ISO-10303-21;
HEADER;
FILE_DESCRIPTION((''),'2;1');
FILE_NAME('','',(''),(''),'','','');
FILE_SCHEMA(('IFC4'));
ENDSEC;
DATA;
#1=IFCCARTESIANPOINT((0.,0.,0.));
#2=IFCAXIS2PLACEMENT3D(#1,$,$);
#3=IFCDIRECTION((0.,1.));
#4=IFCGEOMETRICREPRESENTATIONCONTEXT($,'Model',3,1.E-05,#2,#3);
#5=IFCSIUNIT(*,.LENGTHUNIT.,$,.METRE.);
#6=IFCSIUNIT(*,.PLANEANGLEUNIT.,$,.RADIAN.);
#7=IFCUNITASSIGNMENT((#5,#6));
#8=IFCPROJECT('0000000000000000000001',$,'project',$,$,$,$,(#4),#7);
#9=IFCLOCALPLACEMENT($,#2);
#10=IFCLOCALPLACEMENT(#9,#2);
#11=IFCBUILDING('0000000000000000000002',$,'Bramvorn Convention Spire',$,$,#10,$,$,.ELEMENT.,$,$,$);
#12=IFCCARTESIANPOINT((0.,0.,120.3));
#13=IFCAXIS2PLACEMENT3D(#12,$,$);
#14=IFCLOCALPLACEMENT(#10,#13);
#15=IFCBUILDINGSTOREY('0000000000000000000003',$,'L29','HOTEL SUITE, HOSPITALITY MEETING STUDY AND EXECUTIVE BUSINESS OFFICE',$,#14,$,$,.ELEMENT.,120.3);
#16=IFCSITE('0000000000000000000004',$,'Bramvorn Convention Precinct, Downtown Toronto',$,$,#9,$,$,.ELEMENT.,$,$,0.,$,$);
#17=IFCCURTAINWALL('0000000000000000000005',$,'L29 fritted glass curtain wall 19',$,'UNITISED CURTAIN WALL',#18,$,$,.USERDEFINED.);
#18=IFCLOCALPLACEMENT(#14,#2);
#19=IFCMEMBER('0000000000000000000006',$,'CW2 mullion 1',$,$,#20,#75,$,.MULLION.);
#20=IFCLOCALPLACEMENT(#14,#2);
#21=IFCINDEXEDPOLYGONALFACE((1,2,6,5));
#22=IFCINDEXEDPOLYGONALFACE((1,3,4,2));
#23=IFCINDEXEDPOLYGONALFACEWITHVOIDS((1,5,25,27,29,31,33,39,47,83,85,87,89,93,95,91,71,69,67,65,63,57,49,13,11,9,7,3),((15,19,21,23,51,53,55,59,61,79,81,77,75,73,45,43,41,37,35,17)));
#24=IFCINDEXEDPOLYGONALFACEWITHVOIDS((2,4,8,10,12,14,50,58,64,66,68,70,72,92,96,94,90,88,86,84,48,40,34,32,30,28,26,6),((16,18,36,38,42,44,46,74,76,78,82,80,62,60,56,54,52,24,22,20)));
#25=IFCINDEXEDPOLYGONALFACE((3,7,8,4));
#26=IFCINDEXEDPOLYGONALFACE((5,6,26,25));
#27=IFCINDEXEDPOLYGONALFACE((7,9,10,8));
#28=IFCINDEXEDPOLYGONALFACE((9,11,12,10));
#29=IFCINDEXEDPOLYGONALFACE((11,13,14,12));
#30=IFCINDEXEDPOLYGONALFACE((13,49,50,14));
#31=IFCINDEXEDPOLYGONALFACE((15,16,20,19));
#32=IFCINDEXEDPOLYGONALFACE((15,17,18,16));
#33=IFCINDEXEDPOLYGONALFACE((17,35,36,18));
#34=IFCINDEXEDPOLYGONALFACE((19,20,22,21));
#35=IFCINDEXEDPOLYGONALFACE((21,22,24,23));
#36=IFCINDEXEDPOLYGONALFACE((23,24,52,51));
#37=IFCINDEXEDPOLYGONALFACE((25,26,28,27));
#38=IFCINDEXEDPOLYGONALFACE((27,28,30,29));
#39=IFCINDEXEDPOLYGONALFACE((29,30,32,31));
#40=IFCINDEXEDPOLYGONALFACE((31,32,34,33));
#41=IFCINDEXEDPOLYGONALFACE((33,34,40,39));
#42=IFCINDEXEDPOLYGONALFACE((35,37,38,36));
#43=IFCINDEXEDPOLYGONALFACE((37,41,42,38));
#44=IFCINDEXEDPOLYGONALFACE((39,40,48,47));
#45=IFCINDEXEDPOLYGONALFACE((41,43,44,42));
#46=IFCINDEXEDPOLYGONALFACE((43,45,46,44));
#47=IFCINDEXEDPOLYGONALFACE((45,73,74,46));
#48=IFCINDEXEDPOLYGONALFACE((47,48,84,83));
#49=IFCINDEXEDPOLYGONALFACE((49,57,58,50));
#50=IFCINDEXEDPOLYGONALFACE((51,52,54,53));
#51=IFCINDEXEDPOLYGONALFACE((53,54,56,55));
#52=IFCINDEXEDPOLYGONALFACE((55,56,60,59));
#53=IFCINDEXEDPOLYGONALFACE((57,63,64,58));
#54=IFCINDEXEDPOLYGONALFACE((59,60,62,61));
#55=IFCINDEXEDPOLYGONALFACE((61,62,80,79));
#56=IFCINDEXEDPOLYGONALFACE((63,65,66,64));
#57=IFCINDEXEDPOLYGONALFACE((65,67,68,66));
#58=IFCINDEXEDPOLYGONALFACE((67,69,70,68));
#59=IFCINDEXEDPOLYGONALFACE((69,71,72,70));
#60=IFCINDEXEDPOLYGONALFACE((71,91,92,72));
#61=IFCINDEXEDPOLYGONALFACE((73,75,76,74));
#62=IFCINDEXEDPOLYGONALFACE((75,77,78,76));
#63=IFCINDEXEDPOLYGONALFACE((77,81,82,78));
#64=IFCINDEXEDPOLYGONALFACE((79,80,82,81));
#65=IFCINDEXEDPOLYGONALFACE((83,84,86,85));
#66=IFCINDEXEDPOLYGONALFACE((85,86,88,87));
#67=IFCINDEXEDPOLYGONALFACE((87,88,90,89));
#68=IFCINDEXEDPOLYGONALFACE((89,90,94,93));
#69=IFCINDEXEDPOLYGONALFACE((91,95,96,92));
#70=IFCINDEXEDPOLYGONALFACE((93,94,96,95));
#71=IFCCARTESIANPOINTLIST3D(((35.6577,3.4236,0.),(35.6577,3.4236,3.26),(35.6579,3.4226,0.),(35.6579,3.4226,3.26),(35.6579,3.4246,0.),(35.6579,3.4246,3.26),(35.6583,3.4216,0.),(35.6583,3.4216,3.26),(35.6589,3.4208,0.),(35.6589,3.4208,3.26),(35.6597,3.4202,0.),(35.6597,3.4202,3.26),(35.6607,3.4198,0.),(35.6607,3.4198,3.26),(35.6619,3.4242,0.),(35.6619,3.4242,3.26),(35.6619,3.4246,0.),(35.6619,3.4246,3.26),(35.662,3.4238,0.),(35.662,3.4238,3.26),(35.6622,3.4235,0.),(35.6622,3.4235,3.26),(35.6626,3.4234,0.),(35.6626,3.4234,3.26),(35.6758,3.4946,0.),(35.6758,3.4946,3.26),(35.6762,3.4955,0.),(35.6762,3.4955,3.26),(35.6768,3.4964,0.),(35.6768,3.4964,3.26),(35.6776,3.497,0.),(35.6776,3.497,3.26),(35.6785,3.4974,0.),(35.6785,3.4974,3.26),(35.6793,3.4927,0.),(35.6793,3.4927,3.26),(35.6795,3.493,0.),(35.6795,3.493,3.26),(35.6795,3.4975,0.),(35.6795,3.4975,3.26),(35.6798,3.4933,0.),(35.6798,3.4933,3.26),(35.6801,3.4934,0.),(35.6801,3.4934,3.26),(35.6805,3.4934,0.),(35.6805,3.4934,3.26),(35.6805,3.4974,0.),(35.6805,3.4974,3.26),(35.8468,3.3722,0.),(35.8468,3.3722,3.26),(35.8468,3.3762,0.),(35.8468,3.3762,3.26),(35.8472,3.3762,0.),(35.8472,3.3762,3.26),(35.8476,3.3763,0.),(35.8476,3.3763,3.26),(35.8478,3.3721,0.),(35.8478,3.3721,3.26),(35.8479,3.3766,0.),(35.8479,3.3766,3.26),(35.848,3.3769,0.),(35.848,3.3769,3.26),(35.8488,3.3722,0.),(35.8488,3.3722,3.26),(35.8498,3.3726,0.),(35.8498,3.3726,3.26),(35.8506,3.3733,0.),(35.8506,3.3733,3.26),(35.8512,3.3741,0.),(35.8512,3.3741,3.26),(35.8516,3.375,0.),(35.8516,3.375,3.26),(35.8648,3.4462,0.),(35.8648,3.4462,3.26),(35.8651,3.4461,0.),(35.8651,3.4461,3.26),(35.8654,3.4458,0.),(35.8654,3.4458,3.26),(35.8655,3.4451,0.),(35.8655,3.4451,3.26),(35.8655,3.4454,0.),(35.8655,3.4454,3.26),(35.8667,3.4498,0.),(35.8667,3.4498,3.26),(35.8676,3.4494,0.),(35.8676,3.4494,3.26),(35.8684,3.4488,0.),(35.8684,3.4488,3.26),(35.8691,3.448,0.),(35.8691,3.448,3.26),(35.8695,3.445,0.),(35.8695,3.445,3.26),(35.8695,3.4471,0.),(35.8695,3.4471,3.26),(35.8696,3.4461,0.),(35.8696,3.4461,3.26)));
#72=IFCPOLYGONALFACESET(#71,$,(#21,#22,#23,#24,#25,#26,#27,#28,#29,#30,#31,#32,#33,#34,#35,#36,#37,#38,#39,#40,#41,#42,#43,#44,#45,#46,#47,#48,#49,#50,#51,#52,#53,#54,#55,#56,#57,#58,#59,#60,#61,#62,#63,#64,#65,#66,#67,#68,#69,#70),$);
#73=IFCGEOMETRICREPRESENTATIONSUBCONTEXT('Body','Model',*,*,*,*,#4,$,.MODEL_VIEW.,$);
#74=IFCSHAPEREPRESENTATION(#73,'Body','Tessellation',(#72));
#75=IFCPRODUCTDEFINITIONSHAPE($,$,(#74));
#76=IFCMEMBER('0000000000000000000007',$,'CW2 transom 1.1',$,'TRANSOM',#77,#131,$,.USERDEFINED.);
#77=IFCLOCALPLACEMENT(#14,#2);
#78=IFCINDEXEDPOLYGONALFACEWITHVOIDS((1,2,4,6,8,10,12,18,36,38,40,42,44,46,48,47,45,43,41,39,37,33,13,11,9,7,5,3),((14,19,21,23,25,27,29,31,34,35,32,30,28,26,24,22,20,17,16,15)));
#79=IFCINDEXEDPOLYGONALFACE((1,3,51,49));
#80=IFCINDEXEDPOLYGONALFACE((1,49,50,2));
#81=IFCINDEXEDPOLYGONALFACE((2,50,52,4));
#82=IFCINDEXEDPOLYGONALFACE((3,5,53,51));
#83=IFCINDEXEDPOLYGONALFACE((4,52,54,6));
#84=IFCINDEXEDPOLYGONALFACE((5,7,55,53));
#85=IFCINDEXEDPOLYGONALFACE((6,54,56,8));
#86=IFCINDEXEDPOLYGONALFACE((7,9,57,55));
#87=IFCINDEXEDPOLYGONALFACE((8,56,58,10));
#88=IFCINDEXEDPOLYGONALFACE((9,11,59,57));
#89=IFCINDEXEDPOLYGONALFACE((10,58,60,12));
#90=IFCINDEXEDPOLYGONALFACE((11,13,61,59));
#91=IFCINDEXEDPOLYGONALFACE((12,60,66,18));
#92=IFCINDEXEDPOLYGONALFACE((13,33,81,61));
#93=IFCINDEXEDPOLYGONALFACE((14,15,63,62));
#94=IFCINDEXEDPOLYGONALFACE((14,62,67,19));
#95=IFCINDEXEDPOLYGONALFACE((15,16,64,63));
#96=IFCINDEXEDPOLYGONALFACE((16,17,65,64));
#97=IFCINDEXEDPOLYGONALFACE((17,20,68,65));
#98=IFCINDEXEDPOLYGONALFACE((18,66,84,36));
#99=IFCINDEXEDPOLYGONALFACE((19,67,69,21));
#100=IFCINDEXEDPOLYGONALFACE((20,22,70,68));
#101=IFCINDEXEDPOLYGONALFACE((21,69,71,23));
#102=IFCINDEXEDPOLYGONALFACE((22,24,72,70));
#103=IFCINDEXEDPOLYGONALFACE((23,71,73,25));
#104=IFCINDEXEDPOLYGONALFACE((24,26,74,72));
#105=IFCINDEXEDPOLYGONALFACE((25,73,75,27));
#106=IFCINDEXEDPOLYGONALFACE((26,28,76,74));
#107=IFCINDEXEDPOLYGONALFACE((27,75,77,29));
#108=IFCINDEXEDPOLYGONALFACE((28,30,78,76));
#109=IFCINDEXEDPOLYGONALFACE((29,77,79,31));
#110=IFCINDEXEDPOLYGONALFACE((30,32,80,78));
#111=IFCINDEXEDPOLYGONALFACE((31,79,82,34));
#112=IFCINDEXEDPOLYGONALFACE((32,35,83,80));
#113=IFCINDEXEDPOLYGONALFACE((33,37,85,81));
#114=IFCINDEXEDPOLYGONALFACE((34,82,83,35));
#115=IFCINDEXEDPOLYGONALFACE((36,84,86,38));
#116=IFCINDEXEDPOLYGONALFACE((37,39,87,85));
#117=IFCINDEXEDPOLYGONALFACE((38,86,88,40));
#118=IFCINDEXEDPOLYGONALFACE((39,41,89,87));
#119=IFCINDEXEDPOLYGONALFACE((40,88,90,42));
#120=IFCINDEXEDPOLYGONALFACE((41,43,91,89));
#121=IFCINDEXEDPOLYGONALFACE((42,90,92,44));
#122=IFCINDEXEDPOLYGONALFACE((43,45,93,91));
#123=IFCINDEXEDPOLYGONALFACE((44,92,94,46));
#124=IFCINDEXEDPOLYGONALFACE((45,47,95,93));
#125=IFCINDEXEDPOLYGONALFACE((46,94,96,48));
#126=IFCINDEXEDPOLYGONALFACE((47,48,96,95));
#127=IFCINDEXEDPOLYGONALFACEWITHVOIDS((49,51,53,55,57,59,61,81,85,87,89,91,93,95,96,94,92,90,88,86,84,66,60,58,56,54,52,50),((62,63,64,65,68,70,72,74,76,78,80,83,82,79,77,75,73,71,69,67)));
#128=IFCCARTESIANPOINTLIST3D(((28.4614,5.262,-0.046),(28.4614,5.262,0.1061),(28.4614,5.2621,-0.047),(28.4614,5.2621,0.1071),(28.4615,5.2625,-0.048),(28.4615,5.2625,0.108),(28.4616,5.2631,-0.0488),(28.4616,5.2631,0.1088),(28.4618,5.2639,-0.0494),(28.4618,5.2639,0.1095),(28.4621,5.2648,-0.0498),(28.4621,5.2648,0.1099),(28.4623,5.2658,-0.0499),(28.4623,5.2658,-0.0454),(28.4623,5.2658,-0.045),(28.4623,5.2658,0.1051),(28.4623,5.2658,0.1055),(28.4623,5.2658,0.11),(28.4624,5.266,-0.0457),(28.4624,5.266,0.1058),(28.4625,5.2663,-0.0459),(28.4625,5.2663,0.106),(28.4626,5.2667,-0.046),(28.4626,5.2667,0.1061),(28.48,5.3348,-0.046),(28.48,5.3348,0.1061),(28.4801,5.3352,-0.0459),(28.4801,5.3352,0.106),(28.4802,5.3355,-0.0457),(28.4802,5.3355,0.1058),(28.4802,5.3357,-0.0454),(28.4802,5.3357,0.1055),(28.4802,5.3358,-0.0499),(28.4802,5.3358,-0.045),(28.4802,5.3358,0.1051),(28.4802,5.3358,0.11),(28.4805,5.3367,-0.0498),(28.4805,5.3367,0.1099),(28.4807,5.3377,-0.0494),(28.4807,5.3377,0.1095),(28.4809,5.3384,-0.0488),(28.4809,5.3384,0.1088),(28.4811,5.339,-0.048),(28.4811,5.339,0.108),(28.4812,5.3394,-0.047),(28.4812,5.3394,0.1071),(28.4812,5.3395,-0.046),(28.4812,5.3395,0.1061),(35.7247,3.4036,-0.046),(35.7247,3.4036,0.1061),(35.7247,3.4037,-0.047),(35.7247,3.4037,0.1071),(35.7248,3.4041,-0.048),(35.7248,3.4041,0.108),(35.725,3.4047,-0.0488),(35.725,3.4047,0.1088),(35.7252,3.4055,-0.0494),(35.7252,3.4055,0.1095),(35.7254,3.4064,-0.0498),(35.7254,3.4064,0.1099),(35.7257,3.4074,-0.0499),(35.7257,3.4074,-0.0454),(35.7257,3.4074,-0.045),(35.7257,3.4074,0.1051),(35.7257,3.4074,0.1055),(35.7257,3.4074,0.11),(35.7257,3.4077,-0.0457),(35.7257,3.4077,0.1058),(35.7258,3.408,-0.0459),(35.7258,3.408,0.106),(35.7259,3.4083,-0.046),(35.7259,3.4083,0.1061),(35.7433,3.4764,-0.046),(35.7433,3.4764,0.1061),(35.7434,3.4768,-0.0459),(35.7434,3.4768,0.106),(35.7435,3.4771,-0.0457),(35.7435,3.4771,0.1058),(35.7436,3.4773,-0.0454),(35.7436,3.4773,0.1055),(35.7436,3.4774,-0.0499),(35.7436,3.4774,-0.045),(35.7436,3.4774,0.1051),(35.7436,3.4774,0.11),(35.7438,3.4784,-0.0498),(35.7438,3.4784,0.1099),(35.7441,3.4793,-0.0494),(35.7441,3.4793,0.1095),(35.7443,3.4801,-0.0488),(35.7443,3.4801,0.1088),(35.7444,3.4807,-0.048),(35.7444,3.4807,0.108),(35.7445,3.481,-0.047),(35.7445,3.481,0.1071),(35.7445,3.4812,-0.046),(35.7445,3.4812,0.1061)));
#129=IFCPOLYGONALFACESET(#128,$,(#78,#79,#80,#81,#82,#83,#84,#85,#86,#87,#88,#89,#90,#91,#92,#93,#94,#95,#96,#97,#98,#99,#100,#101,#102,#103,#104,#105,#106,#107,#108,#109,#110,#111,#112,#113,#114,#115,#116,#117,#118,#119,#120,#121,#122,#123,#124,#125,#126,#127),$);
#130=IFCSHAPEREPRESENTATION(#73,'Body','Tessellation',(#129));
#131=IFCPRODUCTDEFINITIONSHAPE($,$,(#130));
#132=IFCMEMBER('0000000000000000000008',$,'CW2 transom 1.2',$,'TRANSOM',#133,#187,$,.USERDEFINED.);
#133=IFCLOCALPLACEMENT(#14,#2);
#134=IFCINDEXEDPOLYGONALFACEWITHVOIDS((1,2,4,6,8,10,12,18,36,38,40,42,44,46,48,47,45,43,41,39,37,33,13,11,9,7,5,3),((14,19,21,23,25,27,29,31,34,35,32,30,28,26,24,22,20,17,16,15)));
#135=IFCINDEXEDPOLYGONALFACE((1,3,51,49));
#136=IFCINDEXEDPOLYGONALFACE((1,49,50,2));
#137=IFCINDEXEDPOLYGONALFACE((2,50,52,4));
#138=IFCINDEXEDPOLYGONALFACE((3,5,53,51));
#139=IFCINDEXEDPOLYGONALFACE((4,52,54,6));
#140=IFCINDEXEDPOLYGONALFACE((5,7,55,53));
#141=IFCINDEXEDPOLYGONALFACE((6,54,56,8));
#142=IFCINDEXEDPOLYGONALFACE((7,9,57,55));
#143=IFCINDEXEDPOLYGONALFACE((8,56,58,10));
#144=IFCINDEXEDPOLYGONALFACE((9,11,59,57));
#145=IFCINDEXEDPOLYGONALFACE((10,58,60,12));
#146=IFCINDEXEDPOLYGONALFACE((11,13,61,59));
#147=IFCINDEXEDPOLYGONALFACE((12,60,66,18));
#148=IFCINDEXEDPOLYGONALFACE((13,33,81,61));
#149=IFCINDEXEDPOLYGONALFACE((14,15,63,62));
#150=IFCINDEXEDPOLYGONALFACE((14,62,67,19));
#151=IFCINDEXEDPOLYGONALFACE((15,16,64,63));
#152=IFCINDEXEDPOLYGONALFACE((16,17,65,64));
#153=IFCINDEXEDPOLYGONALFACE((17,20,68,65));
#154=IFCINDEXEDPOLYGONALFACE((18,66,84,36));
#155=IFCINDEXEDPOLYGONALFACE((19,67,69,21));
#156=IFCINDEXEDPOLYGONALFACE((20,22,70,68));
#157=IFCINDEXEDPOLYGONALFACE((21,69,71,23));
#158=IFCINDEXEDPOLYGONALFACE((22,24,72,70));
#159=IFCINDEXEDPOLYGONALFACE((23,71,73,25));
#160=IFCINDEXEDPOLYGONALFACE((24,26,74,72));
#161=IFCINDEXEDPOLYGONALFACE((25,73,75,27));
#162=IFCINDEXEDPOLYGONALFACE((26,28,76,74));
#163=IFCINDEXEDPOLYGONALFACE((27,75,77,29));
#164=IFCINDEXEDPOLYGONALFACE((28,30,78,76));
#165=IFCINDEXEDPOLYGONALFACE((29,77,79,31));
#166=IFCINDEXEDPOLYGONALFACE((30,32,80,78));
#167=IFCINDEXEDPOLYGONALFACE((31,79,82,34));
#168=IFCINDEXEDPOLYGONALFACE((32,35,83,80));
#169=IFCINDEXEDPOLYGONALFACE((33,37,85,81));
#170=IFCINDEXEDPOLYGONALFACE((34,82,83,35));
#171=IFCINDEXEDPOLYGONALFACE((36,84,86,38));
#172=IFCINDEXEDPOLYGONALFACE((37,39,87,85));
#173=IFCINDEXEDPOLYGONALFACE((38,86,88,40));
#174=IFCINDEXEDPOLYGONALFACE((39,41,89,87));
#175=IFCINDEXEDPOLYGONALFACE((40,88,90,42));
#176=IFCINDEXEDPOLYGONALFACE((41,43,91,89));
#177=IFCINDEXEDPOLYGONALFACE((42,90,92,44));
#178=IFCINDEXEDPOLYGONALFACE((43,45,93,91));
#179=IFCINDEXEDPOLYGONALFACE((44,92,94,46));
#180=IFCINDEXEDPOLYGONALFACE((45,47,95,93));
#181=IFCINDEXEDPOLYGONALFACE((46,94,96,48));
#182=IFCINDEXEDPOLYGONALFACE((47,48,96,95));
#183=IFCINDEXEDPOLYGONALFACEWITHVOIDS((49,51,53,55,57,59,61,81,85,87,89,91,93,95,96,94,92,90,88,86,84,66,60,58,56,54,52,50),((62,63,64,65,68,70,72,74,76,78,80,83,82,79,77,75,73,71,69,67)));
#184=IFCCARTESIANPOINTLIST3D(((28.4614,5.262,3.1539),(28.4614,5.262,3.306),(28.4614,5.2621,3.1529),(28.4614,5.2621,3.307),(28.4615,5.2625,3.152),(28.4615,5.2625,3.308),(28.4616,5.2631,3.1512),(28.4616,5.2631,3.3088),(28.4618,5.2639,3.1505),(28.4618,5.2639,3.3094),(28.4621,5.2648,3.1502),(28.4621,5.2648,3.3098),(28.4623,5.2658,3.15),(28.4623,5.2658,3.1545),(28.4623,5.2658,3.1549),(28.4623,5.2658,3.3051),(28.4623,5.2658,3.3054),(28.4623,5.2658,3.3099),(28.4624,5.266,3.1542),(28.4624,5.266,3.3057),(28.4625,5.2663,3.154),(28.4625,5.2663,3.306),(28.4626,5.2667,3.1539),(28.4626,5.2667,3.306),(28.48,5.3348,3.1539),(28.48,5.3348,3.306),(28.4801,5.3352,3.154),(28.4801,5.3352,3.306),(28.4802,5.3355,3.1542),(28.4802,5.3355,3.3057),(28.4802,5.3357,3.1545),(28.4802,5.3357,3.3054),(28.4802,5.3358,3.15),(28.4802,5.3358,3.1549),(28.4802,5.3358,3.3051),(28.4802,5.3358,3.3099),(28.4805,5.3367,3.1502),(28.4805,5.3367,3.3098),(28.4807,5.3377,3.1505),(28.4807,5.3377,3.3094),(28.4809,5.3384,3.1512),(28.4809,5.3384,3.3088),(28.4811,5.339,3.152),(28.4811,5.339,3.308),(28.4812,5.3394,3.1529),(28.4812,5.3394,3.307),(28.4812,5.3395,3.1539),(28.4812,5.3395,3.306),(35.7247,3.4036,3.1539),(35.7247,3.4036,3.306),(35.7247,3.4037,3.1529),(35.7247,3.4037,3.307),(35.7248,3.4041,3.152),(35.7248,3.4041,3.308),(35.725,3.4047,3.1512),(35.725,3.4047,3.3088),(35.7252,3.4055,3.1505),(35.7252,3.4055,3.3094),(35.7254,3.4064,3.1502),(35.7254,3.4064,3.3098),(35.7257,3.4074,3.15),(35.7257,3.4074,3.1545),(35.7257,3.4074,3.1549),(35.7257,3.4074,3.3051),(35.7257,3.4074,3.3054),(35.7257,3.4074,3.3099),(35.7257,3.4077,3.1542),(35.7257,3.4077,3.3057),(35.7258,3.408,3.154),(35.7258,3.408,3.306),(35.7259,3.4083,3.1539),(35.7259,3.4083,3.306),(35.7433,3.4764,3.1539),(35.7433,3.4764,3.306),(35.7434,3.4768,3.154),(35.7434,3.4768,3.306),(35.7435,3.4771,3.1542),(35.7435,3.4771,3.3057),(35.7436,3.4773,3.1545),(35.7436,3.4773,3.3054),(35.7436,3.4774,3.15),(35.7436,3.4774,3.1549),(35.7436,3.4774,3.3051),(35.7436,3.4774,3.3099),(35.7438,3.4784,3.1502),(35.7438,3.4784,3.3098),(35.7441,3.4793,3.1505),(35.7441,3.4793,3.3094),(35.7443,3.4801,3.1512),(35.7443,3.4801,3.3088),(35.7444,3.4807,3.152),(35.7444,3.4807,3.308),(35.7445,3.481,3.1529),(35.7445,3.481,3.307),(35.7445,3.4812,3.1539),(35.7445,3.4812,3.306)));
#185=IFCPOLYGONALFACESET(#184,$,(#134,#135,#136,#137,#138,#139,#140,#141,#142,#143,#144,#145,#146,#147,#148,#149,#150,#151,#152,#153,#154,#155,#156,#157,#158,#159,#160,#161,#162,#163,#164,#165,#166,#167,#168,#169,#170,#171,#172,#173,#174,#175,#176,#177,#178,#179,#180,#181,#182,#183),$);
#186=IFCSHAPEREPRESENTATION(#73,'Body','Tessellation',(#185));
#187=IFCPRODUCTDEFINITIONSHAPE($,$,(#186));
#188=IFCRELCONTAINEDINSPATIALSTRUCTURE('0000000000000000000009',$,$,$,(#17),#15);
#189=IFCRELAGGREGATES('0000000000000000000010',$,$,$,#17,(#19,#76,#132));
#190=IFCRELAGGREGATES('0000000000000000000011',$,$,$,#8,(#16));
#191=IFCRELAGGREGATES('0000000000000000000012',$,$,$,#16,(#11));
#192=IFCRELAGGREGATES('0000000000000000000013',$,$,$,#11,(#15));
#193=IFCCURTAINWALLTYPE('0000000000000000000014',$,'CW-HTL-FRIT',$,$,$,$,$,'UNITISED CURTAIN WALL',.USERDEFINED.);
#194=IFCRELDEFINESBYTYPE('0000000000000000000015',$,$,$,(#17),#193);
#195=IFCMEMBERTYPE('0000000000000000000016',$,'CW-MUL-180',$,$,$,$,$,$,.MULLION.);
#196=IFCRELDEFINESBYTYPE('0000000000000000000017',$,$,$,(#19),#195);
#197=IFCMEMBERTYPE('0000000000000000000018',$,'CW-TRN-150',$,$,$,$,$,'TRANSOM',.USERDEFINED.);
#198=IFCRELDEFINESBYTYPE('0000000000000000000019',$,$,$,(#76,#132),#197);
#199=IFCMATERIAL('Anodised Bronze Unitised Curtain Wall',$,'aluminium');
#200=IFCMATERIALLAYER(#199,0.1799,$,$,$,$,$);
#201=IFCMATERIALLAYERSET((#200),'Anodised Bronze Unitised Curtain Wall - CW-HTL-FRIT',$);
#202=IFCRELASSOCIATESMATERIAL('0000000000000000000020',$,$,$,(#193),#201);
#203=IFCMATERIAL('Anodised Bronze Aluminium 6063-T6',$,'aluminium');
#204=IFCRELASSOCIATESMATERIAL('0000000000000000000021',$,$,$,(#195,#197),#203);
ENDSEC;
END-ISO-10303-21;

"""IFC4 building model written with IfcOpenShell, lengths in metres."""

from ifc_helpers import new_model, si_unit, direction, frame, origin, origin_2d, place, context, subcontext, project, spatial, hollow_rectangle, extrude, material, layer, layer_set, material_profile, profile_set, type_object, element, aggregate, save


model = new_model("IFC4")

# Units and contexts
model_context = context("Model", 3, precision=1e-05, world=origin(), true_north=direction((0.0, 1.0)))
body_context = subcontext(model_context, "Body", "Model", "MODEL_VIEW")
ifc_project = project(units=[si_unit("LENGTHUNIT", "METRE"), si_unit("PLANEANGLEUNIT", "RADIAN")], contexts=[model_context])

# Site, building, storey
site_placement = place(None, origin())
site = spatial("IfcSite", under=ifc_project, at=site_placement, Name="Bramvorn Convention Precinct, Downtown Toronto", CompositionType="ELEMENT", RefElevation=0.0)
building_placement = place(site_placement, origin())
building = spatial("IfcBuilding", under=site, at=building_placement, Name="Bramvorn Convention Spire", CompositionType="ELEMENT")
storey_placement = place(building_placement, frame((0.0, 0.0, 120.3)))
storey = spatial("IfcBuildingStorey", under=building, at=storey_placement, Name="L29", Description="HOTEL SUITE, HOSPITALITY MEETING STUDY AND EXECUTIVE BUSINESS OFFICE", CompositionType="ELEMENT", Elevation=120.3)

# Curtain wall, members
ifc_material_1 = material(Name="Anodised Bronze Unitised Curtain Wall", Category="aluminium")
ifc_layer_1 = layer(ifc_material_1, 0.1799)
ifc_layer_set_1 = layer_set([ifc_layer_1], Name="Anodised Bronze Unitised Curtain Wall - CW-HTL-FRIT")
curtain_wall_type = type_object("IfcCurtainWallType", Name="CW-HTL-FRIT", ElementType="UNITISED CURTAIN WALL", PredefinedType="USERDEFINED", material=ifc_layer_set_1)
curtain_wall_placement = place(storey_placement, origin())
curtain_wall = element("IfcCurtainWall", 1, at=curtain_wall_placement, inside=storey, type_object=curtain_wall_type, Name="L29 fritted glass curtain wall 19", ObjectType="UNITISED CURTAIN WALL", PredefinedType="USERDEFINED")
ifc_material_2 = material(Name="Anodised Bronze Aluminium 6063-T6", Category="aluminium")
ifc_material_profile_1 = material_profile(ifc_material_2, hollow_rectangle(XDim=0.0801, YDim=0.2, WallThickness=0.0039, InnerFilletRadius=0.001, OuterFilletRadius=0.0039, at=origin_2d()))
ifc_profile_set_1 = profile_set([ifc_material_profile_1], Name="Anodised Bronze Aluminium 6063-T6 - CWM80X200")
member_type_1 = type_object("IfcMemberType", Name="CW-MUL-180", PredefinedType="MULLION", material=ifc_profile_set_1)
member_1_placement = place(storey_placement, frame((35.7637, 3.4348, 0.0), z_axis=(0.0, 0.0, 1.0), x_axis=(-0.247879, -0.968791, 0.0)))
member_1 = element("IfcMember", 2, at=member_1_placement, type_object=member_type_1, Name="CW2 mullion 1", PredefinedType="MULLION", context=body_context, shape_type="SweptSolid", body=[
    extrude(hollow_rectangle(XDim=0.0801, YDim=0.2, WallThickness=0.0039, InnerFilletRadius=0.001, OuterFilletRadius=0.0039, at=origin_2d()), origin(), (0.0, 0.0, 1.0), 3.26),
])
ifc_material_profile_2 = material_profile(ifc_material_2, hollow_rectangle(XDim=0.0801, YDim=0.1599, WallThickness=0.0039, InnerFilletRadius=0.001, OuterFilletRadius=0.0039, at=origin_2d()))
ifc_profile_set_2 = profile_set([ifc_material_profile_2], Name="Anodised Bronze Aluminium 6063-T6 - CWT80X160")
member_type_2 = type_object("IfcMemberType", Name="CW-TRN-150", ElementType="TRANSOM", PredefinedType="USERDEFINED", material=ifc_profile_set_2)
member_2_placement = place(storey_placement, frame((35.7346, 3.4424, 0.03), z_axis=(-0.968793, 0.247872, 0.0), x_axis=(-0.247872, -0.968793, 0.0)))
member_2 = element("IfcMember", 3, at=member_2_placement, type_object=member_type_2, Name="CW2 transom 1.1", ObjectType="TRANSOM", PredefinedType="USERDEFINED", context=body_context, shape_type="SweptSolid", body=[
    extrude(hollow_rectangle(XDim=0.0801, YDim=0.1599, WallThickness=0.0039, InnerFilletRadius=0.001, OuterFilletRadius=0.0039, at=origin_2d()), origin(), (0.0, 0.0, 1.0), 7.4973),
])
member_3_placement = place(storey_placement, frame((35.7346, 3.4424, 3.23), z_axis=(-0.968793, 0.247872, 0.0), x_axis=(-0.247872, -0.968793, 0.0)))
member_3 = element("IfcMember", 4, at=member_3_placement, type_object=member_type_2, Name="CW2 transom 1.2", ObjectType="TRANSOM", PredefinedType="USERDEFINED", context=body_context, shape_type="SweptSolid", body=[
    extrude(hollow_rectangle(XDim=0.0801, YDim=0.1599, WallThickness=0.0039, InnerFilletRadius=0.001, OuterFilletRadius=0.0039, at=origin_2d()), origin(), (0.0, 0.0, 1.0), 7.4973),
])
aggregate(curtain_wall, [member_1, member_2, member_3])

save(model, "model.ifc")
